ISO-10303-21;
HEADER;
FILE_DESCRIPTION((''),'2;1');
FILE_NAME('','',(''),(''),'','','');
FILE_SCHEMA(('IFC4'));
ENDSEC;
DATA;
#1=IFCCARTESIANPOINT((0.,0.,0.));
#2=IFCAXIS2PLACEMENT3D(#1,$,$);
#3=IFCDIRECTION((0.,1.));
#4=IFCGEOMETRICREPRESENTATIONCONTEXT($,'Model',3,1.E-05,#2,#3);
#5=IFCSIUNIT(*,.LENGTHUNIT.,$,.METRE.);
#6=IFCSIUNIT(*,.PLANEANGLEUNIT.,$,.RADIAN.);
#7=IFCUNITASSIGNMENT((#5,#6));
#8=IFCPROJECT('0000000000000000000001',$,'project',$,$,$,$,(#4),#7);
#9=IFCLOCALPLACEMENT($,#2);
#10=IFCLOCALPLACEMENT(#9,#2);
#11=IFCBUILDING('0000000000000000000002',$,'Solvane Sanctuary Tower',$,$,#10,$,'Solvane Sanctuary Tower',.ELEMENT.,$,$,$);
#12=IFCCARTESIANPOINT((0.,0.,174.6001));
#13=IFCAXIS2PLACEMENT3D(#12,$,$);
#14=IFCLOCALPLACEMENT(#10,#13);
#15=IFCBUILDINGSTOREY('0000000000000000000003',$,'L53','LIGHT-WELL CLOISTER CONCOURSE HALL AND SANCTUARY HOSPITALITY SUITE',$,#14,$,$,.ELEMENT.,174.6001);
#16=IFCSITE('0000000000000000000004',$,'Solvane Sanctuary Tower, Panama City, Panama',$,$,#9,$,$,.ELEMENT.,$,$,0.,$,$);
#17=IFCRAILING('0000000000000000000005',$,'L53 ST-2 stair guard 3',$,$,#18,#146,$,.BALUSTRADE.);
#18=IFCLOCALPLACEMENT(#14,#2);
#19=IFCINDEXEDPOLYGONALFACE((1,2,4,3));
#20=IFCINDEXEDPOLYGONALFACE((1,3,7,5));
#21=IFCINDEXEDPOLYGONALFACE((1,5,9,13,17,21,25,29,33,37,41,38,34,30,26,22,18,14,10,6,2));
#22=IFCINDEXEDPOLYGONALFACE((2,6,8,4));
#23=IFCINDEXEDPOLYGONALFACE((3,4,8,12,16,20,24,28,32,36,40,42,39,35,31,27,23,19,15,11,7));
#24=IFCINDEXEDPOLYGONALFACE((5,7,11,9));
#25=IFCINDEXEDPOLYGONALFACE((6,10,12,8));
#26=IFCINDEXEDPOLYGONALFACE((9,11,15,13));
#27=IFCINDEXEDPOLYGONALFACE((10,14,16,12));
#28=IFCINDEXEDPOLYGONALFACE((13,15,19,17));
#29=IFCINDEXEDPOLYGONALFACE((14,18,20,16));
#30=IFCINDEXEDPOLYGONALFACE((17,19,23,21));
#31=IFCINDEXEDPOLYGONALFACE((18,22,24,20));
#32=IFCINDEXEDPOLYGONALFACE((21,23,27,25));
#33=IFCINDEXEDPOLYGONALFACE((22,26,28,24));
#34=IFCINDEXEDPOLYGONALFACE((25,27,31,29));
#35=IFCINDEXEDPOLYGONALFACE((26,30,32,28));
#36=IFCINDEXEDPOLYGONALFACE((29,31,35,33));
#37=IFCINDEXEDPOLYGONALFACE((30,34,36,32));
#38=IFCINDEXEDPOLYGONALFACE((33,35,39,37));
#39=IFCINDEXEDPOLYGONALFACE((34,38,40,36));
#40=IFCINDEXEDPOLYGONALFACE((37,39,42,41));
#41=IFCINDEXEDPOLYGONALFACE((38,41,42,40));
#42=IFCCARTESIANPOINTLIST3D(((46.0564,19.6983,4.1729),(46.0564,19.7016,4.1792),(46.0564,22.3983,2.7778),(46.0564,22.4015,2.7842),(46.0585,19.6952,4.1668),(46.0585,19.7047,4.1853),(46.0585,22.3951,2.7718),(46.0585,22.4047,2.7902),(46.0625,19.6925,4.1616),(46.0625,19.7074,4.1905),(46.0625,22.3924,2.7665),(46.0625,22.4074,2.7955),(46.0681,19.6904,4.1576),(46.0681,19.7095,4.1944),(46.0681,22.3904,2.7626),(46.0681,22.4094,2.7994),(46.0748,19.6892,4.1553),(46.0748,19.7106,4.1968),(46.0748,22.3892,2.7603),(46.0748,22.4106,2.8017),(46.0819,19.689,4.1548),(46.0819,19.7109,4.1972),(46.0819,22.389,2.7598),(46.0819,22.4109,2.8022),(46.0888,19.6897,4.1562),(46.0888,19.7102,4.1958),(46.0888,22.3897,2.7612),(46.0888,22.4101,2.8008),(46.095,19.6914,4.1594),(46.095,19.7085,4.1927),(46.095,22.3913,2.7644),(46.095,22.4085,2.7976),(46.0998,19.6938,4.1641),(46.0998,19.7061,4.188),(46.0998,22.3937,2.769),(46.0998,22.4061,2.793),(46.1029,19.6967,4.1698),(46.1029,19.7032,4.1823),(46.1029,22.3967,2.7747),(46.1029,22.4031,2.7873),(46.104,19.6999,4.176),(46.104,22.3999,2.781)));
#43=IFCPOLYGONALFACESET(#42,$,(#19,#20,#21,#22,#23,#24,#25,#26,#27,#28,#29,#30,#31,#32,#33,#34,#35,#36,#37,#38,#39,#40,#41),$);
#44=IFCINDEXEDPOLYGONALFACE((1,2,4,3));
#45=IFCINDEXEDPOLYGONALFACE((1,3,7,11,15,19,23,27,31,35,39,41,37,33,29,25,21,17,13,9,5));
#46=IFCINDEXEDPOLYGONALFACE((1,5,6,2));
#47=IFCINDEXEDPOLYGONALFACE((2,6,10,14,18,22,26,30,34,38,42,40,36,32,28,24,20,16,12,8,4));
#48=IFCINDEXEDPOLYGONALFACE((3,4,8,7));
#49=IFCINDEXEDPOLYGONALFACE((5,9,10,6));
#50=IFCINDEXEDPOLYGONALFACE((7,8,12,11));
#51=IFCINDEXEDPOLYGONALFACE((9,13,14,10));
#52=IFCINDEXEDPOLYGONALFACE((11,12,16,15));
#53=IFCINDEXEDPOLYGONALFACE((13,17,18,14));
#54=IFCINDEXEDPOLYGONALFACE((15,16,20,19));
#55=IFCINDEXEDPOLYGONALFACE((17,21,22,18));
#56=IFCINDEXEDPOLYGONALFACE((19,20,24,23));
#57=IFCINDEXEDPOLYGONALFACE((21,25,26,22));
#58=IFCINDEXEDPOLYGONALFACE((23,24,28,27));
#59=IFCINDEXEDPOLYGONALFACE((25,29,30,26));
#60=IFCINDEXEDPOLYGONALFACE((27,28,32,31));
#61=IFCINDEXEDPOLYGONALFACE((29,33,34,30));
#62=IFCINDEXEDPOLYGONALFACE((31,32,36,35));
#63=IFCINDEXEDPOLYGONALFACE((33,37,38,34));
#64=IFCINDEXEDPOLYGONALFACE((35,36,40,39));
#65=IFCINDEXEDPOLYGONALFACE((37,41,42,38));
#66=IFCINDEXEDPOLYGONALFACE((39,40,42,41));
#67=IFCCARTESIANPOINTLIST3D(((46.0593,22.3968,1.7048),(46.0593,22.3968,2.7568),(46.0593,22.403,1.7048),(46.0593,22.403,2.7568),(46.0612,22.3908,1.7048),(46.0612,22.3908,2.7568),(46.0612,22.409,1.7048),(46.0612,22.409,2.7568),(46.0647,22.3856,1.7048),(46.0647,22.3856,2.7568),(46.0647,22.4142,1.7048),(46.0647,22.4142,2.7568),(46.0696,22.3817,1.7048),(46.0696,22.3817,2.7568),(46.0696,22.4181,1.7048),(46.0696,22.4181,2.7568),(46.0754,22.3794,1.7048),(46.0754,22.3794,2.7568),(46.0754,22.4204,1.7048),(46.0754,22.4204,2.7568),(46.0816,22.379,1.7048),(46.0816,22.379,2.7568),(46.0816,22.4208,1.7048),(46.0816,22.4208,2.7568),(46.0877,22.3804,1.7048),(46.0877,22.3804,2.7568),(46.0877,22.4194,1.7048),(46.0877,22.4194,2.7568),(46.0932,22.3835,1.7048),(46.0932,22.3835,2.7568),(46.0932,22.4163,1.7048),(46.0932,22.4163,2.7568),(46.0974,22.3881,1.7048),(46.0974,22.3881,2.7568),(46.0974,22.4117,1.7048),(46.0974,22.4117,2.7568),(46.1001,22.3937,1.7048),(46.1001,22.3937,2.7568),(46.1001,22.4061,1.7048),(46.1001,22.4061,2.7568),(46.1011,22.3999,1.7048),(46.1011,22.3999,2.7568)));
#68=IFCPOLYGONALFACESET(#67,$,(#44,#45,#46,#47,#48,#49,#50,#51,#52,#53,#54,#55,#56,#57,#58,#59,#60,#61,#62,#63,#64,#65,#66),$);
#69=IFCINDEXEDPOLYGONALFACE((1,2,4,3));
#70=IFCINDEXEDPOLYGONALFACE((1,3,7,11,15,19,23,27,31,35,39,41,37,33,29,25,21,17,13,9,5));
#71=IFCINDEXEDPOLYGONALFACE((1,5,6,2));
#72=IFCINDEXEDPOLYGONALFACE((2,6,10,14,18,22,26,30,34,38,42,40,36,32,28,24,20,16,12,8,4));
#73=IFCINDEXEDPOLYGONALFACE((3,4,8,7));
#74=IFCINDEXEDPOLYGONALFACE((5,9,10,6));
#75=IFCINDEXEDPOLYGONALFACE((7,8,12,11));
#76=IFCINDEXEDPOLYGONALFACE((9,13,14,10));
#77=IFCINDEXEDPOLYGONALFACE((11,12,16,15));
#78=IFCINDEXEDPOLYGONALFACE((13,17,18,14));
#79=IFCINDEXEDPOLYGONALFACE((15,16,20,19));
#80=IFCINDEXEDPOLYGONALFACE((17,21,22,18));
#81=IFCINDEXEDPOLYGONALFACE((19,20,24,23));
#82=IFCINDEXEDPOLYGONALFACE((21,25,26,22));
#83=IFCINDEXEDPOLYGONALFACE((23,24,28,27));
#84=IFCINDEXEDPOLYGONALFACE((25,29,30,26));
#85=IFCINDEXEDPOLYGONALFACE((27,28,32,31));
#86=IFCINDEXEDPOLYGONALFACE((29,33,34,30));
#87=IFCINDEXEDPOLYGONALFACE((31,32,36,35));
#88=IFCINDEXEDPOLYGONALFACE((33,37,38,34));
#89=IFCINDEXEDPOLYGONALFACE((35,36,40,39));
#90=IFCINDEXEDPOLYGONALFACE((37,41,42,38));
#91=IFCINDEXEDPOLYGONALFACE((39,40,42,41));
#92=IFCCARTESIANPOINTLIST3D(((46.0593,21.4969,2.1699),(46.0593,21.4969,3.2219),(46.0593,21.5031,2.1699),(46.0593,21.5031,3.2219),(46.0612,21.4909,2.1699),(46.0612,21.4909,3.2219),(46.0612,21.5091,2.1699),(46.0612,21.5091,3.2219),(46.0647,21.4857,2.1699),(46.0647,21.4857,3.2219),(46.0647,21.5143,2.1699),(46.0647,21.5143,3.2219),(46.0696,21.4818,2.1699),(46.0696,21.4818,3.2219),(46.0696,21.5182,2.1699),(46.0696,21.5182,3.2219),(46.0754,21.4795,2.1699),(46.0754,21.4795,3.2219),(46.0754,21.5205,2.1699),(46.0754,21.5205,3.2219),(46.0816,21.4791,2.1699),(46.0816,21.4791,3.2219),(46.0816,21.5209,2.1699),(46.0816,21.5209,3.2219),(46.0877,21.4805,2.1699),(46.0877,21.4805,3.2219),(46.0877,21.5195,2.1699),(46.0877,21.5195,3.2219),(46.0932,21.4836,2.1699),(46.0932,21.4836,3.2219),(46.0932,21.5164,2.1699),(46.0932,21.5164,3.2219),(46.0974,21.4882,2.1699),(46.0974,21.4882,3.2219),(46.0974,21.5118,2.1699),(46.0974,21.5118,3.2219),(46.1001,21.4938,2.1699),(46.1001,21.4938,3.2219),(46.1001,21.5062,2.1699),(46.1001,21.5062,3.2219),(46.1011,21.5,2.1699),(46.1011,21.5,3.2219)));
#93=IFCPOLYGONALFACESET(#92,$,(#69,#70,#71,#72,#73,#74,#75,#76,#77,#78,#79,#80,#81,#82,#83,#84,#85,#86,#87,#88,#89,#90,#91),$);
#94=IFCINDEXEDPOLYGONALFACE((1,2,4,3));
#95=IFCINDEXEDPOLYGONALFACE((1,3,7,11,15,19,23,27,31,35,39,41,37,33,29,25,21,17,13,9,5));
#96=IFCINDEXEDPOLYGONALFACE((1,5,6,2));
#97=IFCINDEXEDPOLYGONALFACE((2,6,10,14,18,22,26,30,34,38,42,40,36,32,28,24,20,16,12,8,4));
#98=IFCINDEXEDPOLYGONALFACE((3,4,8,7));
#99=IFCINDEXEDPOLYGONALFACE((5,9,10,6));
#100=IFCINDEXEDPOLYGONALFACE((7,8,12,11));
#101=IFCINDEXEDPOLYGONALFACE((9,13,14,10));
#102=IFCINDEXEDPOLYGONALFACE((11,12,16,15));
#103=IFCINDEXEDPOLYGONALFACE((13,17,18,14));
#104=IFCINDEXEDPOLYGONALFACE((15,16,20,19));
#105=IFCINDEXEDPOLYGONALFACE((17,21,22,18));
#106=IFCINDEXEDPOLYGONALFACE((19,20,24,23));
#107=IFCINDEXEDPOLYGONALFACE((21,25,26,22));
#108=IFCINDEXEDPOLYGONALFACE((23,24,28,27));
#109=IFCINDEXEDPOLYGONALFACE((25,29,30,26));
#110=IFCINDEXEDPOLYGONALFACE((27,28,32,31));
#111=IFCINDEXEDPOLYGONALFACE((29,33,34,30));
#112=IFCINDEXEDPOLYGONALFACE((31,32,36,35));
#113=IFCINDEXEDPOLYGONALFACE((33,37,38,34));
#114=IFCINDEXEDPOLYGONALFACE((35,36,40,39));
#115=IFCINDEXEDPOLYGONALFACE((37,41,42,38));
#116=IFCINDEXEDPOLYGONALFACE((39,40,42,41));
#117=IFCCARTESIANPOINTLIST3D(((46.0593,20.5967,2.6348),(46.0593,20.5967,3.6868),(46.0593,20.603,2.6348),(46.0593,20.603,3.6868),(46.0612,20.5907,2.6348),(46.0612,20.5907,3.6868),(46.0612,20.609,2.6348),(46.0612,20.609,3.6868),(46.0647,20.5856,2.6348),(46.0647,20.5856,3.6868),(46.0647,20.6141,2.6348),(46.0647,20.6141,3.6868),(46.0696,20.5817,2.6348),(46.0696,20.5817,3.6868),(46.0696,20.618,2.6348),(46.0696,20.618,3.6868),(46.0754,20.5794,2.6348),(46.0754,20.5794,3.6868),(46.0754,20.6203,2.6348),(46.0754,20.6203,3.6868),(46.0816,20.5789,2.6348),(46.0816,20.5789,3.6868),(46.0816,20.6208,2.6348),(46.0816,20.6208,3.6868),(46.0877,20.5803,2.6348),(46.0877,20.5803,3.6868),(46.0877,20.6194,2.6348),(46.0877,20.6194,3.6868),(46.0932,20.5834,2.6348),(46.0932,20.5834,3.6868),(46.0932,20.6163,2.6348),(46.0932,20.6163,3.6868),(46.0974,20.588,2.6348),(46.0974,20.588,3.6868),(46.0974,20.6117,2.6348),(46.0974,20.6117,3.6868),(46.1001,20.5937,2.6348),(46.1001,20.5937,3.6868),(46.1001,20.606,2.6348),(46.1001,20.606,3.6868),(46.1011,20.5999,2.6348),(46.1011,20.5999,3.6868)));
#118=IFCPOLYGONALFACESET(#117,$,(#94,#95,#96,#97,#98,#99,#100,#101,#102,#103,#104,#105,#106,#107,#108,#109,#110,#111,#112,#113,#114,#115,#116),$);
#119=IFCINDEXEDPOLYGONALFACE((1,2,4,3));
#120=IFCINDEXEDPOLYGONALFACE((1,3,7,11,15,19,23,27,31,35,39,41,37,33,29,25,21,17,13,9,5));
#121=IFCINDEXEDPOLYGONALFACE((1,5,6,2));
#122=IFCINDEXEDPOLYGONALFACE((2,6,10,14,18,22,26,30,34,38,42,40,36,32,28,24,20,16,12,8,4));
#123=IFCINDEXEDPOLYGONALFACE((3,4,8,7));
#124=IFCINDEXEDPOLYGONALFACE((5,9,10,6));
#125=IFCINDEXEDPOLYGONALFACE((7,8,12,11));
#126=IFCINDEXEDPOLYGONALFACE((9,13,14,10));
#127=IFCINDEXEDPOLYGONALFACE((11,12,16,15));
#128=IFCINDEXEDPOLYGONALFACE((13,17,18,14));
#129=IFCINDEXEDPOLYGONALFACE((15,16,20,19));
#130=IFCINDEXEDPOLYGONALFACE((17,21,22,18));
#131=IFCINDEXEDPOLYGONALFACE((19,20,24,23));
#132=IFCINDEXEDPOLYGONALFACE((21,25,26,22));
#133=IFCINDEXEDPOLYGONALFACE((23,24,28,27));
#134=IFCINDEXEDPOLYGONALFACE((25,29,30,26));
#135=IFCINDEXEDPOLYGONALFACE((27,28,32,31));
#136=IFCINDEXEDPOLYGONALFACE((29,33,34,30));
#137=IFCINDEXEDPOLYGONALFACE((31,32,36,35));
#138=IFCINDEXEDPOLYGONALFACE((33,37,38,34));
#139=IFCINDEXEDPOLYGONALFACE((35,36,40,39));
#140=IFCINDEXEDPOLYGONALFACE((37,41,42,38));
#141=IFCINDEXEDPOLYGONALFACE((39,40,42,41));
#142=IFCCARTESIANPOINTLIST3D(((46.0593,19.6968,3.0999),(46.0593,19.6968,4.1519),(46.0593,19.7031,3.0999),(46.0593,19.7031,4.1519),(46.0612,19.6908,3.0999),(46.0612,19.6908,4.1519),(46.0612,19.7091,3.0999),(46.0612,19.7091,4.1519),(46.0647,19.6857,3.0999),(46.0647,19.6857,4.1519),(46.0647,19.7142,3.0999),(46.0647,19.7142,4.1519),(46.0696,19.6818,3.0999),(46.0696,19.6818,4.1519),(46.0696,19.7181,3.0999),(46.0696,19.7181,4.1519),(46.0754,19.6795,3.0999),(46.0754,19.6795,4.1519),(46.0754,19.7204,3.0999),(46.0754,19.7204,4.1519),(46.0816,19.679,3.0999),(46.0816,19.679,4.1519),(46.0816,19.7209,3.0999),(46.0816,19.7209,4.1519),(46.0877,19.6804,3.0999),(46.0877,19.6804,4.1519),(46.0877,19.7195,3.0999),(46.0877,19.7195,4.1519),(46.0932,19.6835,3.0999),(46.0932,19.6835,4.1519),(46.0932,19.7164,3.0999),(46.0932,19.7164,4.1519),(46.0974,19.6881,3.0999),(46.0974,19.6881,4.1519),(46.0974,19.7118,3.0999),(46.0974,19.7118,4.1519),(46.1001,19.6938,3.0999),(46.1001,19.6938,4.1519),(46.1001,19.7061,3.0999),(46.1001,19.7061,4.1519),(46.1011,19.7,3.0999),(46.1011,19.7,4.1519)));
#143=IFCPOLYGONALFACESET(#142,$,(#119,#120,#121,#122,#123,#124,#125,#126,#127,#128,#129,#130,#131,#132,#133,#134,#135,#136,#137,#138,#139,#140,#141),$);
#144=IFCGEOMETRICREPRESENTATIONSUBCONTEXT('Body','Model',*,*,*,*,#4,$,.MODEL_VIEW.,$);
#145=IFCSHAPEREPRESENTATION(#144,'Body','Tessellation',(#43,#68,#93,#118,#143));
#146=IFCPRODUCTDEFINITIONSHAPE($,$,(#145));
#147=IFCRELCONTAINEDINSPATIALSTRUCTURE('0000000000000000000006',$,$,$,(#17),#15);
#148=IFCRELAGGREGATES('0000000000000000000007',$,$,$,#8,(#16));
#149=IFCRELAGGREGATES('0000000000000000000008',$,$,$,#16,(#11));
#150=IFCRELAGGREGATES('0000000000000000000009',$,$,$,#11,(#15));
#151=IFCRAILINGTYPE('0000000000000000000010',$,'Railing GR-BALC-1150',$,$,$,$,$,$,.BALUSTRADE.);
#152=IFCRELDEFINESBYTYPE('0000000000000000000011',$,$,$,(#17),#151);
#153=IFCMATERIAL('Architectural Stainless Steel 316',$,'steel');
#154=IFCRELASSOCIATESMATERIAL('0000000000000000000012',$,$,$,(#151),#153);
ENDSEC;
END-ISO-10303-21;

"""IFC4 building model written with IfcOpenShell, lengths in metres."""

from ifc_helpers import new_model, si_unit, direction, frame, origin, origin_2d, place, context, subcontext, project, spatial, circle, extrude, material, type_object, element, save


model = new_model("IFC4")

# Units and contexts
model_context = context("Model", 3, precision=1e-05, world=origin(), true_north=direction((0.0, 1.0)))
body_context = subcontext(model_context, "Body", "Model", "MODEL_VIEW")
ifc_project = project(units=[si_unit("LENGTHUNIT", "METRE"), si_unit("PLANEANGLEUNIT", "RADIAN")], contexts=[model_context])

# Site, building, storey
site_placement = place(None, origin())
site = spatial("IfcSite", under=ifc_project, at=site_placement, Name="Solvane Sanctuary Tower, Panama City, Panama", CompositionType="ELEMENT", RefElevation=0.0)
building_placement = place(site_placement, origin())
building = spatial("IfcBuilding", under=site, at=building_placement, Name="Solvane Sanctuary Tower", LongName="Solvane Sanctuary Tower", CompositionType="ELEMENT")
storey_placement = place(building_placement, frame((0.0, 0.0, 174.6001)))
storey = spatial("IfcBuildingStorey", under=building, at=storey_placement, Name="L53", Description="LIGHT-WELL CLOISTER CONCOURSE HALL AND SANCTUARY HOSPITALITY SUITE", CompositionType="ELEMENT", Elevation=174.6001)

# Shared definitions
ifc_material_1 = material(Name="Architectural Stainless Steel 316", Category="steel")

# Railing
railing_type_1 = type_object("IfcRailingType", Name="Railing GR-BALC-1150", PredefinedType="BALUSTRADE", material=ifc_material_1)
railing_1_placement = place(storey_placement, frame((46.0801, 22.3999, 1.7048)))
element("IfcRailing", 1, at=railing_1_placement, inside=storey, type_object=railing_type_1, Name="L53 ST-2 stair guard 3", PredefinedType="BALUSTRADE", context=body_context, shape_type="SweptSolid", body=[
    extrude(circle(Radius=0.0239, at=origin_2d()), frame((0.0, 0.0, 1.0762), z_axis=(0.0, -0.88842, 0.459032), x_axis=(1.0, 0.0, 0.0)), (0.0, 0.0, 1.0), 3.0391),
    extrude(circle(Radius=0.021, at=origin_2d()), origin(), (0.0, 0.0, 1.0), 1.052),
    extrude(circle(Radius=0.021, at=origin_2d()), frame((0.0, -0.8999, 0.4651)), (0.0, 0.0, 1.0), 1.052),
    extrude(circle(Radius=0.021, at=origin_2d()), frame((0.0, -1.8, 0.9299)), (0.0, 0.0, 1.0), 1.052),
    extrude(circle(Radius=0.021, at=origin_2d()), frame((0.0, -2.7, 1.395)), (0.0, 0.0, 1.0), 1.052),
])

save(model, "model.ifc")
